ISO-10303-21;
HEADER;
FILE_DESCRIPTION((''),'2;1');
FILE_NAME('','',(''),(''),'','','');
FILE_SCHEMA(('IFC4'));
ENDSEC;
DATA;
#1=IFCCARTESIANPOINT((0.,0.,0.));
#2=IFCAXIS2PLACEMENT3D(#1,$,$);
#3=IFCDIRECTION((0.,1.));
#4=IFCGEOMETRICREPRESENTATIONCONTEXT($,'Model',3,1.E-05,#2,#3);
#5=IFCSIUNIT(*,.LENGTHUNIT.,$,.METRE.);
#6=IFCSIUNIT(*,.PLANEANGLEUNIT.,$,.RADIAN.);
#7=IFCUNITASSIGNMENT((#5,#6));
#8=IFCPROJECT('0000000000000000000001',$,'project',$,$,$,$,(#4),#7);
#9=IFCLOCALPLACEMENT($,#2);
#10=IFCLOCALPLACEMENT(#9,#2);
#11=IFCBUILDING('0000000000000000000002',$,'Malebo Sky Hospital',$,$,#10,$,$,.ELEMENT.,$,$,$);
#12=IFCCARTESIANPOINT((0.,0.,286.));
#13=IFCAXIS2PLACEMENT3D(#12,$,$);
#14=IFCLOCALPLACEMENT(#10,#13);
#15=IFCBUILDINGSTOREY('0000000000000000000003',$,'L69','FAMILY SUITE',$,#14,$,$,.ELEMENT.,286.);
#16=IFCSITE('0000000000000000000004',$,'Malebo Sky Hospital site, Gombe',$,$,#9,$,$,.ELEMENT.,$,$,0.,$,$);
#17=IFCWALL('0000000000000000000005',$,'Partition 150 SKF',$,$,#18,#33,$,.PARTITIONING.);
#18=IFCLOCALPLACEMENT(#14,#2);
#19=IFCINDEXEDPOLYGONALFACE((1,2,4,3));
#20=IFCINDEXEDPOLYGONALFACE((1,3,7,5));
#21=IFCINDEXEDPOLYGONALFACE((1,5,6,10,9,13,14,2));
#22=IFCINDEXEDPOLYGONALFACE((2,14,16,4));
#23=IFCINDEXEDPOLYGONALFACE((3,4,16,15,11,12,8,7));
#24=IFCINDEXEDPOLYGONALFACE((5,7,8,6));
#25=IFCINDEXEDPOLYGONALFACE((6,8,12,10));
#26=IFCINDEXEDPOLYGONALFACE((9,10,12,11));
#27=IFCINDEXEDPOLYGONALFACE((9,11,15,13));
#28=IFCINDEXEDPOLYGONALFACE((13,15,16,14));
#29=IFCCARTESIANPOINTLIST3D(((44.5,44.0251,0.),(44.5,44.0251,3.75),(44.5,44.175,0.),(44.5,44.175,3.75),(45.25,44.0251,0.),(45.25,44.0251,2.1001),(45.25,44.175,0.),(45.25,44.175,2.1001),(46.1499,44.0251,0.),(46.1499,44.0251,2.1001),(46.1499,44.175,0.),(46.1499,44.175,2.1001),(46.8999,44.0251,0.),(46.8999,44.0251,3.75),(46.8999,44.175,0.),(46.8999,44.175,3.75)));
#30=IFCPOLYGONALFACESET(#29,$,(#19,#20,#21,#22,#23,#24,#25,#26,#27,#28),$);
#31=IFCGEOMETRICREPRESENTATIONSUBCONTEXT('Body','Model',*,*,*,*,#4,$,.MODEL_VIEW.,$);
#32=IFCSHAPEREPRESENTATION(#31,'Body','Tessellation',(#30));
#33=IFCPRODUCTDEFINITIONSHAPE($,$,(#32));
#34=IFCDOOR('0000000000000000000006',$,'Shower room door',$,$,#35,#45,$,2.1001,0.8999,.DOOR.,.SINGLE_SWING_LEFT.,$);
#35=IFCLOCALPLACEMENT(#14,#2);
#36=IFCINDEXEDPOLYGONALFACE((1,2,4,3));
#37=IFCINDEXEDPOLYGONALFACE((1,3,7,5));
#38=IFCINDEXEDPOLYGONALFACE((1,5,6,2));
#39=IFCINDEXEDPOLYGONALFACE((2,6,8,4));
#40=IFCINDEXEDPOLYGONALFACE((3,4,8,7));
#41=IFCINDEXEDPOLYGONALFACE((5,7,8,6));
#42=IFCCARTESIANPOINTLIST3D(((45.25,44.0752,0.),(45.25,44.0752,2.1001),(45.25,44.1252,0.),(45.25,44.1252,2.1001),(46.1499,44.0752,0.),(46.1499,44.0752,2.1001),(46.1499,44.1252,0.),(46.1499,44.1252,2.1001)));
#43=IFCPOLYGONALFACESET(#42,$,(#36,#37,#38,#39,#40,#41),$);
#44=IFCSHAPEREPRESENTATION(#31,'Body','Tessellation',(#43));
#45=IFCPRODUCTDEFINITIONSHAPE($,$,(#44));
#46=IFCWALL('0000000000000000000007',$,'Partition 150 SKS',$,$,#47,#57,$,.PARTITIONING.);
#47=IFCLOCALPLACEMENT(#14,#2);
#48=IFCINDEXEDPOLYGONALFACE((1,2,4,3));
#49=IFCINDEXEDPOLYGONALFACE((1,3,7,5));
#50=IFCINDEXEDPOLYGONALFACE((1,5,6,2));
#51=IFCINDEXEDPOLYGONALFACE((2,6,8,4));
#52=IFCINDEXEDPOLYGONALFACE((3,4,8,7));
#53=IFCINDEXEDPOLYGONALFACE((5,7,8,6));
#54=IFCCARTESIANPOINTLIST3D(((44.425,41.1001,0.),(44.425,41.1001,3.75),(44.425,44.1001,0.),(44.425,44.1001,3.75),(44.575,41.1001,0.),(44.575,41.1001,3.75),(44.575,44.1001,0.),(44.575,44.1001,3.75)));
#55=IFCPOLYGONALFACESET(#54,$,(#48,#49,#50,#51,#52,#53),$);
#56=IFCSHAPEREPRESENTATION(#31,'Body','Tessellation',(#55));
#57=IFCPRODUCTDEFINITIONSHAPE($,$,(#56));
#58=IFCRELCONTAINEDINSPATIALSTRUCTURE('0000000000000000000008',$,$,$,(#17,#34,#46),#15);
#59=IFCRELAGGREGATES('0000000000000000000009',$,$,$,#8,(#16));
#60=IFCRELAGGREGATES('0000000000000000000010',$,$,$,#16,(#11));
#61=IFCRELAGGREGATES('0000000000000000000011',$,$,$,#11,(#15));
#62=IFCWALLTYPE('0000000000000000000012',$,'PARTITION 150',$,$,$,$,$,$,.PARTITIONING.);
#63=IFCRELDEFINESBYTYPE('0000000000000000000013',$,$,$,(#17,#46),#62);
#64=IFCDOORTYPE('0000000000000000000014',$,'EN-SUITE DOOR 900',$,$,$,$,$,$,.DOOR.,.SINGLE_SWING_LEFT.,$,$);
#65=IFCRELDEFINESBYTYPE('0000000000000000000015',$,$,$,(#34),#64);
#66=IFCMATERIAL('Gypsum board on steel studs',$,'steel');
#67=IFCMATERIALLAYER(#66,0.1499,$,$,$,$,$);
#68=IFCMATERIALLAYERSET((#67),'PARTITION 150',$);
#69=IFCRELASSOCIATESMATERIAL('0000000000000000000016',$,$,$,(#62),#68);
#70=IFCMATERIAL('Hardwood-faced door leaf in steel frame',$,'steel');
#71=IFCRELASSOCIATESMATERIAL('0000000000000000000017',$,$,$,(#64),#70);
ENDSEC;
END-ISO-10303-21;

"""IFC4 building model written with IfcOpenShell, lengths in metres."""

from ifc_helpers import new_model, si_unit, direction, frame, frame_2d, origin, place, context, subcontext, project, spatial, rectangle, extrude, material, layer, layer_set, type_object, element, fill, save


model = new_model("IFC4")

# Units and contexts
model_context = context("Model", 3, precision=1e-05, world=origin(), true_north=direction((0.0, 1.0)))
body_context = subcontext(model_context, "Body", "Model", "MODEL_VIEW")
ifc_project = project(units=[si_unit("LENGTHUNIT", "METRE"), si_unit("PLANEANGLEUNIT", "RADIAN")], contexts=[model_context])

# Site, building, storey
site_placement = place(None, origin())
site = spatial("IfcSite", under=ifc_project, at=site_placement, Name="Malebo Sky Hospital site, Gombe", CompositionType="ELEMENT", RefElevation=0.0)
building_placement = place(site_placement, origin())
building = spatial("IfcBuilding", under=site, at=building_placement, Name="Malebo Sky Hospital", CompositionType="ELEMENT")
storey_placement = place(building_placement, frame((0.0, 0.0, 286.0)))
storey = spatial("IfcBuildingStorey", under=building, at=storey_placement, Name="L69", Description="FAMILY SUITE", CompositionType="ELEMENT", Elevation=286.0)

# Wall, opening, door
ifc_material_1 = material(Name="Gypsum board on steel studs", Category="steel")
ifc_layer_1 = layer(ifc_material_1, 0.1499)
ifc_layer_set_1 = layer_set([ifc_layer_1], Name="PARTITION 150")
wall_type_1 = type_object("IfcWallType", Name="PARTITION 150", PredefinedType="PARTITIONING", material=ifc_layer_set_1)
wall_1_placement = place(storey_placement, frame((46.8999, 44.1001, 0.0), z_axis=(0.0, 0.0, 1.0), x_axis=(-1.0, 0.0, 0.0)))
wall_1 = element("IfcWall", 1, at=wall_1_placement, inside=storey, type_object=wall_type_1, Name="Partition 150 SKF", PredefinedType="PARTITIONING", context=body_context, shape_type="SweptSolid", body=[
    extrude(rectangle(XDim=2.3999, YDim=0.1499, at=frame_2d((1.2, 0.0))), origin(), (0.0, 0.0, 1.0), 3.75),
])
opening_placement = place(wall_1_placement, frame((0.75, 0.0, 0.0)))
opening = element("IfcOpeningElement", 2, at=opening_placement, cuts=wall_1, PredefinedType="OPENING", context=body_context, shape_type="SweptSolid", body=[
    extrude(rectangle(XDim=0.8999, YDim=2.1001, at=frame_2d((0.45, 1.05))), frame((0.0, 0.085, 0.0), z_axis=(0.0, -1.0, 0.0), x_axis=(1.0, 0.0, 0.0)), (0.0, 0.0, 1.0), 0.1699),
])
ifc_material_2 = material(Name="Hardwood-faced door leaf in steel frame", Category="steel")
door_type = type_object("IfcDoorType", Name="EN-SUITE DOOR 900", OperationType="SINGLE_SWING_LEFT", PredefinedType="DOOR", material=ifc_material_2)
door_placement = place(opening_placement, origin())
door = element("IfcDoor", 3, at=door_placement, inside=storey, type_object=door_type, Name="Shower room door", OperationType="SINGLE_SWING_LEFT", OverallHeight=2.1001, OverallWidth=0.8999, PredefinedType="DOOR", context=body_context, shape_type="SweptSolid", body=[
    extrude(rectangle(XDim=0.8999, YDim=2.1001, at=frame_2d((0.45, 1.05))), frame((0.0, 0.0249, 0.0), z_axis=(0.0, -1.0, 0.0), x_axis=(1.0, 0.0, 0.0)), (0.0, 0.0, 1.0), 0.05),
])
fill(opening, door)

# Wall
wall_2_placement = place(storey_placement, frame((44.5, 44.1001, 0.0), z_axis=(0.0, 0.0, 1.0), x_axis=(0.0, -1.0, 0.0)))
element("IfcWall", 4, at=wall_2_placement, inside=storey, type_object=wall_type_1, Name="Partition 150 SKS", PredefinedType="PARTITIONING", context=body_context, shape_type="SweptSolid", body=[
    extrude(rectangle(XDim=3.0, YDim=0.1499, at=frame_2d((1.5, 0.0))), origin(), (0.0, 0.0, 1.0), 3.75),
])

save(model, "model.ifc")
